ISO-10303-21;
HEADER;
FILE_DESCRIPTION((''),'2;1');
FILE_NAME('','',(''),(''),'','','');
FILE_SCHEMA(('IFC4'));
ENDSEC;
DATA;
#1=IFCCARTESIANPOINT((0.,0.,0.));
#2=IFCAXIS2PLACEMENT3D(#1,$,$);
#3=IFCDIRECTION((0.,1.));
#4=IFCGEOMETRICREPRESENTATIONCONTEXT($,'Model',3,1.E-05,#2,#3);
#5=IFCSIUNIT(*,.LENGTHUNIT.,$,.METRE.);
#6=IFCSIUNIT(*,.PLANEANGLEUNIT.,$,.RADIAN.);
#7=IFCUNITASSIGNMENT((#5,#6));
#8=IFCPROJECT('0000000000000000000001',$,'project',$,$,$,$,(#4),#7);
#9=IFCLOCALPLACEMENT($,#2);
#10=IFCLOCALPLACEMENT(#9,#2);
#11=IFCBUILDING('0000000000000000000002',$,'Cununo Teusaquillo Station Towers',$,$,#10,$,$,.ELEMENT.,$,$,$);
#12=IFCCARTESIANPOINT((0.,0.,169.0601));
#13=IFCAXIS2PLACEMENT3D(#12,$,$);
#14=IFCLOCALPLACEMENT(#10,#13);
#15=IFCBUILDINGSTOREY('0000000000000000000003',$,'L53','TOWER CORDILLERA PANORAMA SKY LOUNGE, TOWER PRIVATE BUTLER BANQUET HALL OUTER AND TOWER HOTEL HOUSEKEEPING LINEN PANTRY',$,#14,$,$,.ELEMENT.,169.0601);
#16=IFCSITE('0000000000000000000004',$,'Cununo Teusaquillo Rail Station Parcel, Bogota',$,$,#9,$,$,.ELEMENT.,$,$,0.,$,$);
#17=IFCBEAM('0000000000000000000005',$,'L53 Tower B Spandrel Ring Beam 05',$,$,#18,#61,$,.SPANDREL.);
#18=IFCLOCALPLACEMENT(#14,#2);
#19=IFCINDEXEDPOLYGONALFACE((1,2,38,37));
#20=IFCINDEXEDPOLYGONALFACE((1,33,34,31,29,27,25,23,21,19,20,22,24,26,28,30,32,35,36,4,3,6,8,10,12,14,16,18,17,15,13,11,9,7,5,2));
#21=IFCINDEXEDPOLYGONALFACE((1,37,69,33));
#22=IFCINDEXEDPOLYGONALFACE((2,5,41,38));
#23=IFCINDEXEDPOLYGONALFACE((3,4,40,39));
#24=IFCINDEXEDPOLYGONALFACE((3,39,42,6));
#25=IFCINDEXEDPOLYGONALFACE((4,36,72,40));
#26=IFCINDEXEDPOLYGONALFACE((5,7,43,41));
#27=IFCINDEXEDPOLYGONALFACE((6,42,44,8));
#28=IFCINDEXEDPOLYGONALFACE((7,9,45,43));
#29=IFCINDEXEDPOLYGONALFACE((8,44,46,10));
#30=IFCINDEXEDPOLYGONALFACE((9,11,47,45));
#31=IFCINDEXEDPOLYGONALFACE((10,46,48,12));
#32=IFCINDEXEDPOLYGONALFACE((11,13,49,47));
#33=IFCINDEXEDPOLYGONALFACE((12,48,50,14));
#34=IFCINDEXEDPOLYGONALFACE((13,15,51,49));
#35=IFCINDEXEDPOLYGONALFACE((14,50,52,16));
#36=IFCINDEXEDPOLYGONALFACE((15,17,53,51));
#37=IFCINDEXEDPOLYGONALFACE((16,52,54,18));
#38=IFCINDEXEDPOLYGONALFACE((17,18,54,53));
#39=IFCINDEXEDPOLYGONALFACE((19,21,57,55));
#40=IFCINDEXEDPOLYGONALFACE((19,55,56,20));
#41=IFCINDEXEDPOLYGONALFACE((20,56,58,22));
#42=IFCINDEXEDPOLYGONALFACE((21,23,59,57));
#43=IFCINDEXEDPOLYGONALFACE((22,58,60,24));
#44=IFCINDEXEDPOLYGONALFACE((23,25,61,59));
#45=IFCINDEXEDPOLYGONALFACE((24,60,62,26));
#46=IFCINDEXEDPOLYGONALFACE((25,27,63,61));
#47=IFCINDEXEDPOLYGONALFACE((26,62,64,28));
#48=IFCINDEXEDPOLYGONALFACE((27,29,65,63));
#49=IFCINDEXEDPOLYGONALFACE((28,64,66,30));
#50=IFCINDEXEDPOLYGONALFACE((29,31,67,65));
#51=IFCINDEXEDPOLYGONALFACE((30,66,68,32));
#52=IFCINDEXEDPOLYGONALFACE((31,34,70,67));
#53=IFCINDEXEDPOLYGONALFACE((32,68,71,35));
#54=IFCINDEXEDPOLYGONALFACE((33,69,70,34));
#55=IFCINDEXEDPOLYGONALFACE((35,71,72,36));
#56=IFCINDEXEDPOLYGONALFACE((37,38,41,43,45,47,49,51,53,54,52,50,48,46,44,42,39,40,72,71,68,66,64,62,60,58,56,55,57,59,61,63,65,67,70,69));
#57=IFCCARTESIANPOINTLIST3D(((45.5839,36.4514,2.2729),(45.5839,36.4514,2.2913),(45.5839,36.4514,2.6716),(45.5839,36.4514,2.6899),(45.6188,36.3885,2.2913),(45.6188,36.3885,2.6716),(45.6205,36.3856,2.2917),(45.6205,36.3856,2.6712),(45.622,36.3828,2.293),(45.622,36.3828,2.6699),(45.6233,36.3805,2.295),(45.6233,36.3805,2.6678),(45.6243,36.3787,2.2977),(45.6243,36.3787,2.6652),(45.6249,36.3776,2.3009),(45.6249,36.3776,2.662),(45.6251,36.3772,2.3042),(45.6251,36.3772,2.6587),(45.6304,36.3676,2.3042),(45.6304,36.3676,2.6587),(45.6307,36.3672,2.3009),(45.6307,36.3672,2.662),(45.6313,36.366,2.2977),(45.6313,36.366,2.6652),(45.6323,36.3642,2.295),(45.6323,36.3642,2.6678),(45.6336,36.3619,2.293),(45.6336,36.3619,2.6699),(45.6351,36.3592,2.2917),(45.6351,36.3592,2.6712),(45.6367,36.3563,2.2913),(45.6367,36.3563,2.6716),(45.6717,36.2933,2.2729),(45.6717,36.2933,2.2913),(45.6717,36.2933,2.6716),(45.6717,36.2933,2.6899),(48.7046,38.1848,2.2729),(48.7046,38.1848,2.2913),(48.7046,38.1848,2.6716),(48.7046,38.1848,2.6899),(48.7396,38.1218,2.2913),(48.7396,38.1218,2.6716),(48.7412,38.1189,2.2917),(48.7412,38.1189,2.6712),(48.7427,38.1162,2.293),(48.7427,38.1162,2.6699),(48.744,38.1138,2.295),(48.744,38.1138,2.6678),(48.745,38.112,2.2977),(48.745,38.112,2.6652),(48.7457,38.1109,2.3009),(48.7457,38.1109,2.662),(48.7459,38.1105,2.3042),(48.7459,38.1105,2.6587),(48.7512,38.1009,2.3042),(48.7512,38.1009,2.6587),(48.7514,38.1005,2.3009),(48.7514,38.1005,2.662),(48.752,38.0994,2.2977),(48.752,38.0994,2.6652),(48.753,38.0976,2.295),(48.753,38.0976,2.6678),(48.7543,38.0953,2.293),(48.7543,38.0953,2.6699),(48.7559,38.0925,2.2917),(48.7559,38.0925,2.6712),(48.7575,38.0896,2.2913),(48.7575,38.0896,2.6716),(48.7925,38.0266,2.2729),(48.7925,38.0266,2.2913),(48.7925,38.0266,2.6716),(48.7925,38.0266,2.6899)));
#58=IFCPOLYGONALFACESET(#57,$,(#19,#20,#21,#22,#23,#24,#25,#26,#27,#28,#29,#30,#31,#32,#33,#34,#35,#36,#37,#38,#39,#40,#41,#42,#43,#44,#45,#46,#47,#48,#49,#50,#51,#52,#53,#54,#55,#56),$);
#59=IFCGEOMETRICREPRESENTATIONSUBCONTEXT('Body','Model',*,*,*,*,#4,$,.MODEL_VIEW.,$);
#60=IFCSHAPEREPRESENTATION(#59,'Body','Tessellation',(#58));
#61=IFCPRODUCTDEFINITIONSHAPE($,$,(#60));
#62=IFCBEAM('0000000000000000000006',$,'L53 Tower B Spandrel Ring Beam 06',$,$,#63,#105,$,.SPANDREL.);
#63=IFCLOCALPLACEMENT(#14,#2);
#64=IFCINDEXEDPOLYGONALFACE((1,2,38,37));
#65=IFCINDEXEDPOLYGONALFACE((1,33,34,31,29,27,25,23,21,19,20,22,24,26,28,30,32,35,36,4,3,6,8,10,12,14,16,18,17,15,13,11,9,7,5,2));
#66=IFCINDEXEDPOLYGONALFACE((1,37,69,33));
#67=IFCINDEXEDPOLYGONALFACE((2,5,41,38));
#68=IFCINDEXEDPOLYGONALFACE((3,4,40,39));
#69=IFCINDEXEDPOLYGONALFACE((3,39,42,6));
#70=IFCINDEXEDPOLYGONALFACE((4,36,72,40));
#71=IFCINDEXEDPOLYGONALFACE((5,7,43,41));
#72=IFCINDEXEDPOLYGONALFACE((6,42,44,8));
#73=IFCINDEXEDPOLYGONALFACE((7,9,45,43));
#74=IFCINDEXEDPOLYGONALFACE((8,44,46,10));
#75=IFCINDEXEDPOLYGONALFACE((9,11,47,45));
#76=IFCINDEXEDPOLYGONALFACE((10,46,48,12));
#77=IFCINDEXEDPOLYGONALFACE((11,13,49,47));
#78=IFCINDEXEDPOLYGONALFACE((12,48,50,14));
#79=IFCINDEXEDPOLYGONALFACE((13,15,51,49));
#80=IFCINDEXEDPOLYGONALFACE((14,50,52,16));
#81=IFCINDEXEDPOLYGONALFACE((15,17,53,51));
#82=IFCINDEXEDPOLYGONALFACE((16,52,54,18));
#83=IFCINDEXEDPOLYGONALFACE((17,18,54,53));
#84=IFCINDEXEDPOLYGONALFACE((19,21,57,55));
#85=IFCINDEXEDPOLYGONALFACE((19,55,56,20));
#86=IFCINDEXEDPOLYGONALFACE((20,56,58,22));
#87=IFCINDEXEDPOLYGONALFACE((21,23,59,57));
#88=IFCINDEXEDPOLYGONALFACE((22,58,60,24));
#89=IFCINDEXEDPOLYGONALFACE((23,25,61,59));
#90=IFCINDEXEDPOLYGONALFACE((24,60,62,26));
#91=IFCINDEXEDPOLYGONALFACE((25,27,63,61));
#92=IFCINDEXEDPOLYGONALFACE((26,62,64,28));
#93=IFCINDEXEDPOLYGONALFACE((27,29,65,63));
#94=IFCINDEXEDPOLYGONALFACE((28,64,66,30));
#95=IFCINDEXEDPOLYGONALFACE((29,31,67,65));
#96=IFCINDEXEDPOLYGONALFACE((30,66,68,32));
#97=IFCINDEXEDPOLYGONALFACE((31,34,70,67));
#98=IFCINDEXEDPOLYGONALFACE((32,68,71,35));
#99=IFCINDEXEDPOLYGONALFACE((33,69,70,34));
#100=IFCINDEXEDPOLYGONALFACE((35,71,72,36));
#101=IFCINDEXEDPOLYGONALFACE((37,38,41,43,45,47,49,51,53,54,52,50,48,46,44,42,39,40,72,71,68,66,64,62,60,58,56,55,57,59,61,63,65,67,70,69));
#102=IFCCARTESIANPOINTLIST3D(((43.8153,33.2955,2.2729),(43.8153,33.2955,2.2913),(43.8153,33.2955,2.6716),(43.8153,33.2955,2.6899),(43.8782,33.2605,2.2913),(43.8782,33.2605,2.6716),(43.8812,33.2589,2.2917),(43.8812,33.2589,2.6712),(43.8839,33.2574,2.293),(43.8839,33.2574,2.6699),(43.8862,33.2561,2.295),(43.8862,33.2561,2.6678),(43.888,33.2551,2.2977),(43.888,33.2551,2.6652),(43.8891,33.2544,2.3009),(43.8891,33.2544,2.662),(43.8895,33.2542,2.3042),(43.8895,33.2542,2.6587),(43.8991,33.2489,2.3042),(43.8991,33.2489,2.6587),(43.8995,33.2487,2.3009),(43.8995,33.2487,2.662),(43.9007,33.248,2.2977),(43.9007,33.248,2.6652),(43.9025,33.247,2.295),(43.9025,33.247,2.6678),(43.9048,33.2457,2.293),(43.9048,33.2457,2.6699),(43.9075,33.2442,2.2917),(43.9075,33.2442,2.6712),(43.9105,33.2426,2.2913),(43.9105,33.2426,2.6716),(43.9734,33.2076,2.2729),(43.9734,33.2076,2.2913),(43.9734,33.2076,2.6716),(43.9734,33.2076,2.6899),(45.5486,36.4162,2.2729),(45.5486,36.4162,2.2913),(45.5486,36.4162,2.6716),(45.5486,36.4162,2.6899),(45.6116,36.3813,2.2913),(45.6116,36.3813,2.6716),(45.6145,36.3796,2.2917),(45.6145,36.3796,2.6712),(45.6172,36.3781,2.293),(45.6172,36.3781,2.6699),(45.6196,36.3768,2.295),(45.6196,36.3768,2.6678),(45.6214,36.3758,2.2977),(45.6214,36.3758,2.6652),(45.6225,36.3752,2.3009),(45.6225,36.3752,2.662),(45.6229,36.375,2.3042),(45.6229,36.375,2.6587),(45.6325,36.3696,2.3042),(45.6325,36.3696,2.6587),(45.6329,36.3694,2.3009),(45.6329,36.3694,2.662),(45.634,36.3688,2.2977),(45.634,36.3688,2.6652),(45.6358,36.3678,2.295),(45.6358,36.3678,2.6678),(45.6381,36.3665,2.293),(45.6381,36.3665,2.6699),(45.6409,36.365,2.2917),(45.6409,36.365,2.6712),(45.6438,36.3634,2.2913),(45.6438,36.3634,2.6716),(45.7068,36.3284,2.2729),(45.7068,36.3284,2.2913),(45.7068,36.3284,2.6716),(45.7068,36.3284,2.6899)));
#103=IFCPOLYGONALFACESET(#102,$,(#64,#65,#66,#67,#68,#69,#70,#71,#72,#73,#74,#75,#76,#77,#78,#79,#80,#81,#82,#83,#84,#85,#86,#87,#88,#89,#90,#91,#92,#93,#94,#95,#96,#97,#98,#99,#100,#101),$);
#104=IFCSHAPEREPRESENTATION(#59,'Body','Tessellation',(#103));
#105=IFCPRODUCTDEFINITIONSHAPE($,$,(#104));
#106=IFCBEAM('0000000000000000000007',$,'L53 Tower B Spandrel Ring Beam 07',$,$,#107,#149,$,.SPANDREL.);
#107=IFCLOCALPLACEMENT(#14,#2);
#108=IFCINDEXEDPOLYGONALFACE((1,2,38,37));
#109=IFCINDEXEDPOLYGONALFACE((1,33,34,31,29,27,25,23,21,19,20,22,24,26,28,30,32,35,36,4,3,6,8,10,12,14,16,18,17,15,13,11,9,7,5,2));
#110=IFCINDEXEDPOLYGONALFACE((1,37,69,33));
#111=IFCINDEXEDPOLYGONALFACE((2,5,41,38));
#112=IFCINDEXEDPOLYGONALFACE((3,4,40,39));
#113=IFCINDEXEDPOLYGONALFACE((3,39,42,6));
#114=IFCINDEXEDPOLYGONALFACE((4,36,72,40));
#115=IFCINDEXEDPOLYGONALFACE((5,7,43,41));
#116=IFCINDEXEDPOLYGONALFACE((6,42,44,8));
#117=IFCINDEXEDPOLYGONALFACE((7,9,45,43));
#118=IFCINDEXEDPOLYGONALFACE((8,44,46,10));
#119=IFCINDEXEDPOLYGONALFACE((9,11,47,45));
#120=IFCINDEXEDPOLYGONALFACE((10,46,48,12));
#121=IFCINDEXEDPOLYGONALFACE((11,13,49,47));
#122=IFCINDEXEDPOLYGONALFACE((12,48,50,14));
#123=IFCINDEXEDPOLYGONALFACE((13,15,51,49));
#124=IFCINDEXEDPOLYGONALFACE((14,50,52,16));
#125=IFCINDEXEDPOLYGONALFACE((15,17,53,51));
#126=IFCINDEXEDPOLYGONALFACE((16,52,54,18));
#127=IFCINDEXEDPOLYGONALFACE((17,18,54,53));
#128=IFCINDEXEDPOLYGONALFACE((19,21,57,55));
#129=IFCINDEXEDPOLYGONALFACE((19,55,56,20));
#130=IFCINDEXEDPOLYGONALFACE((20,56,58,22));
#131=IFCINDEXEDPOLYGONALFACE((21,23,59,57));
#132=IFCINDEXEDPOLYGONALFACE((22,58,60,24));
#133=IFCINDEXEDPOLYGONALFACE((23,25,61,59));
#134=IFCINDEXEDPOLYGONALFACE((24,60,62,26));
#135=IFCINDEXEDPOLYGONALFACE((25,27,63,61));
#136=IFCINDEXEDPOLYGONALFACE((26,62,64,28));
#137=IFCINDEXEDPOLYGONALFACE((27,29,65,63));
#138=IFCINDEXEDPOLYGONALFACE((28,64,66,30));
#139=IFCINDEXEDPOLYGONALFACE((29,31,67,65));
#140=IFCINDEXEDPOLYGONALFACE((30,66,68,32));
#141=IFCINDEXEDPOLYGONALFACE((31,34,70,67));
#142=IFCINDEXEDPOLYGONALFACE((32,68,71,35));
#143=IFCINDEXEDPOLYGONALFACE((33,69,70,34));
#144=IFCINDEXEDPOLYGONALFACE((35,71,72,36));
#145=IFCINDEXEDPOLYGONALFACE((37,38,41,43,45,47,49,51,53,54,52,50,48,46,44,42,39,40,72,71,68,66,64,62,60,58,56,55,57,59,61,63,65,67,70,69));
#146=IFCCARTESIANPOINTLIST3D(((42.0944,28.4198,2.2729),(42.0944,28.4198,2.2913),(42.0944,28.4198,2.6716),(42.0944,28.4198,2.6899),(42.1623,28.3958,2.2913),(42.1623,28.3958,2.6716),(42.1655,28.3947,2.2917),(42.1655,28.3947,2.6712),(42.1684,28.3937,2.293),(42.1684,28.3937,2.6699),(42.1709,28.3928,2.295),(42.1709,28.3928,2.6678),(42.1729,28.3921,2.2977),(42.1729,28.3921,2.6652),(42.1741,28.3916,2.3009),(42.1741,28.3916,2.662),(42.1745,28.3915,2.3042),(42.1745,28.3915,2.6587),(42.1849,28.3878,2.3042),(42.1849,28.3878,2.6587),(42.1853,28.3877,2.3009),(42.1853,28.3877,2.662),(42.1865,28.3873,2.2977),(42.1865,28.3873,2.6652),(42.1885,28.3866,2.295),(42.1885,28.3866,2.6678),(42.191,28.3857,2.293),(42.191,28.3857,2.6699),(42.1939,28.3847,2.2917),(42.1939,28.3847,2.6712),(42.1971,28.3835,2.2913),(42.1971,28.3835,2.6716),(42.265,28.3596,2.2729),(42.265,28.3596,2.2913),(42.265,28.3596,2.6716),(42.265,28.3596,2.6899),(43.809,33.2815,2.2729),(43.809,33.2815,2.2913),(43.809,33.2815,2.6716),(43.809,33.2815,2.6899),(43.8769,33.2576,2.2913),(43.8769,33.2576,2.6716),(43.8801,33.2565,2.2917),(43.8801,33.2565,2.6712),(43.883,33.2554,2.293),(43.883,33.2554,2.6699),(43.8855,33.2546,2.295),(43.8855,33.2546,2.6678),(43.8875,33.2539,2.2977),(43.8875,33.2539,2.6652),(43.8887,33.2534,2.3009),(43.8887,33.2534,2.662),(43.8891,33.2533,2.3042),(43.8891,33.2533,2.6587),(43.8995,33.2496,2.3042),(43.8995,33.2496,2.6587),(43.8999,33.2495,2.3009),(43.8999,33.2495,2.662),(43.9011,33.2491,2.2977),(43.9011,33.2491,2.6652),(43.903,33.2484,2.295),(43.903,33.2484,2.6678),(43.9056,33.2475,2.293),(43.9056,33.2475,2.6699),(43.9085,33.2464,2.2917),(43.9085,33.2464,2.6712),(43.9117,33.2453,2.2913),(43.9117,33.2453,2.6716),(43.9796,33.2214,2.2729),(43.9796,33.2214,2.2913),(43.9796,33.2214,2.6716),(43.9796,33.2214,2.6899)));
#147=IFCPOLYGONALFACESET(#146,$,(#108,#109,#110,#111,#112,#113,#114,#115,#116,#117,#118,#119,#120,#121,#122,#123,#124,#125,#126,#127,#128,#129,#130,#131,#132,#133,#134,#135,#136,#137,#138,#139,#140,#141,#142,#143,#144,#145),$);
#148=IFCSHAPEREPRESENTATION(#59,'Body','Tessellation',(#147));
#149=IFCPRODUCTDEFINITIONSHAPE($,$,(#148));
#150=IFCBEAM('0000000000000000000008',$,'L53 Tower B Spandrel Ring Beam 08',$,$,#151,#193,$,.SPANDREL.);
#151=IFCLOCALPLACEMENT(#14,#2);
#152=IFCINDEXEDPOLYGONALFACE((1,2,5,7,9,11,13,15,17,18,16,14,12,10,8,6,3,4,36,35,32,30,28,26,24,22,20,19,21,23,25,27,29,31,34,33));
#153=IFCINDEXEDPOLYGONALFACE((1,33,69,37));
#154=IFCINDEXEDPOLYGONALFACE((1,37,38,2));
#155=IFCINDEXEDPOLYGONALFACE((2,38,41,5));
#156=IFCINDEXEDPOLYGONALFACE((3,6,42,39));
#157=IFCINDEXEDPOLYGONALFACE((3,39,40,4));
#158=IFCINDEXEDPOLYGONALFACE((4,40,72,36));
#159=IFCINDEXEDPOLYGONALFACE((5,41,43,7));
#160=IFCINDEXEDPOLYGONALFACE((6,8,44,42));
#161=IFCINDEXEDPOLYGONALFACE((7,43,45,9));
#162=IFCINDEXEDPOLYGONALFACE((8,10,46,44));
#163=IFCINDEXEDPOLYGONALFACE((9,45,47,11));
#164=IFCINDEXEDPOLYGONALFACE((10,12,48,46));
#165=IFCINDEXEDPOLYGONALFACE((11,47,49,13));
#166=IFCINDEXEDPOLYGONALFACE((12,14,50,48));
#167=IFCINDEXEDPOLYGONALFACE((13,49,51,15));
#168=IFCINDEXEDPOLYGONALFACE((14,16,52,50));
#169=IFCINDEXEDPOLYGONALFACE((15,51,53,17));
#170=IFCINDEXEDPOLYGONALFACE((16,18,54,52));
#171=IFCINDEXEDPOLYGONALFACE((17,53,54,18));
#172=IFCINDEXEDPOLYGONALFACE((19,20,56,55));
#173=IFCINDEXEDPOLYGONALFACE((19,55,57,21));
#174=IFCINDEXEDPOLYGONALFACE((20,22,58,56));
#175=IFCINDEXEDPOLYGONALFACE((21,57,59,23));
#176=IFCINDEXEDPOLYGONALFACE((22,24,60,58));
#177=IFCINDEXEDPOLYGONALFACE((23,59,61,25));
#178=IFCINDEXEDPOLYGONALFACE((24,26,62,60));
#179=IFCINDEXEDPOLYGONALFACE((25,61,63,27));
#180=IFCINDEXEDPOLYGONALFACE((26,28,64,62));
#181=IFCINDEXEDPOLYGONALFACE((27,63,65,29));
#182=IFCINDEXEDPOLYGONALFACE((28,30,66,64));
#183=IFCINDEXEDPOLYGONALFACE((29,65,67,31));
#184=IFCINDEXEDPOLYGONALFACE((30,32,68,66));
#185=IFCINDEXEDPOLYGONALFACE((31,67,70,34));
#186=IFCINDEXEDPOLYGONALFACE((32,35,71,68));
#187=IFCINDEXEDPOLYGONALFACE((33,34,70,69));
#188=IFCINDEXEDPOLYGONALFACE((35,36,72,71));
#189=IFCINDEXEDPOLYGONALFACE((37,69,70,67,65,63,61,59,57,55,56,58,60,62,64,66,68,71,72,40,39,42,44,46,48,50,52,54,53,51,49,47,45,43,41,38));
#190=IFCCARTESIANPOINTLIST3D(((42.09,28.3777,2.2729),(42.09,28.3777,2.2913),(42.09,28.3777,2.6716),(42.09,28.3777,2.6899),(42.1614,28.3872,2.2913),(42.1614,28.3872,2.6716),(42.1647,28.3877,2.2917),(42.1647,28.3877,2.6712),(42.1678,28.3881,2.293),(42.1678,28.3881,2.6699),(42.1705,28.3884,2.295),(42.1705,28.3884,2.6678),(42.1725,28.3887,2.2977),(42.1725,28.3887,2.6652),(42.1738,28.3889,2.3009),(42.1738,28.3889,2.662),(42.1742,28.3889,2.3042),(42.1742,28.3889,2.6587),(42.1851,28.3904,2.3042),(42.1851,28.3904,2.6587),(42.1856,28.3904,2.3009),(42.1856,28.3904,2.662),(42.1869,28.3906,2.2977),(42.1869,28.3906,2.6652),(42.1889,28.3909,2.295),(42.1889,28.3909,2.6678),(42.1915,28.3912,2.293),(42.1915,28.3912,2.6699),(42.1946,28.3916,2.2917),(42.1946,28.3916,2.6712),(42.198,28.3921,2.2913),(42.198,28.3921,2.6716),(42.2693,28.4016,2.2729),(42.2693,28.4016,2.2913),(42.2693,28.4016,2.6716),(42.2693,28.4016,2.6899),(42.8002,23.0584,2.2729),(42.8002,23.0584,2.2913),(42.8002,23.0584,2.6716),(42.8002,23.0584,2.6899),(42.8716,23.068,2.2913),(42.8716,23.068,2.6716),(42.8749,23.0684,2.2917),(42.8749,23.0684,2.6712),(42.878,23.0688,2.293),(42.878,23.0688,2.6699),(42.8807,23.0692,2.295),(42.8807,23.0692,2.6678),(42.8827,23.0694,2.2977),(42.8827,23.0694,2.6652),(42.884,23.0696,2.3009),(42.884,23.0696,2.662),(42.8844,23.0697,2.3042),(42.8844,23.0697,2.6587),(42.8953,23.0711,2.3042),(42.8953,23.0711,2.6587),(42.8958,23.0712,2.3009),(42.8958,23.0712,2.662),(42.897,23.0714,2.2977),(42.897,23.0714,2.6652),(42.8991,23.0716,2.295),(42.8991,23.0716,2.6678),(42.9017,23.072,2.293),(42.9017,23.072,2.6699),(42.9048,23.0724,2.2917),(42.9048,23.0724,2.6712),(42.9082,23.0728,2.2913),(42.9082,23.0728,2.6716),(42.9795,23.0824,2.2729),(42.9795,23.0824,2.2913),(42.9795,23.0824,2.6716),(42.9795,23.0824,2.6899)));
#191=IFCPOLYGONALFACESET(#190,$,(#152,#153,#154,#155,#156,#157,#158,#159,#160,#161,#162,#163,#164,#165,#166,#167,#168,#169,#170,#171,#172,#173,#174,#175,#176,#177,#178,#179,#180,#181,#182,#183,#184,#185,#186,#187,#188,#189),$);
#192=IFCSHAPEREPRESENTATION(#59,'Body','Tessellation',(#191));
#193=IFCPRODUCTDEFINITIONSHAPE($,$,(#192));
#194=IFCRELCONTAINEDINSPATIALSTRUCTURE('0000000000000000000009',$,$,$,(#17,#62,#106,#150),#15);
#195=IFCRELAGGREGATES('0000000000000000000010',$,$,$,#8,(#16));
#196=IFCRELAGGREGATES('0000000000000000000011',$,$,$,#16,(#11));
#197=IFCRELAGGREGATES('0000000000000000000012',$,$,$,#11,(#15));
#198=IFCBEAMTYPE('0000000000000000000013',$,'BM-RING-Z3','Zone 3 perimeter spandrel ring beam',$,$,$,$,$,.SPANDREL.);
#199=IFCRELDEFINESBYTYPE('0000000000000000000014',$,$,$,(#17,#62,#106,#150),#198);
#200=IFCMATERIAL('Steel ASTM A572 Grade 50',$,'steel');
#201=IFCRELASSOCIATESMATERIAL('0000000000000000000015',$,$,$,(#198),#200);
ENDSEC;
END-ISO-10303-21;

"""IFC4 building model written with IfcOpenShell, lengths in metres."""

from ifc_helpers import new_model, si_unit, direction, frame, origin, origin_2d, place, context, subcontext, project, spatial, i_section, extrude, material, material_profile, profile_set, type_object, element, save


model = new_model("IFC4")

# Units and contexts
model_context = context("Model", 3, precision=1e-05, world=origin(), true_north=direction((0.0, 1.0)))
body_context = subcontext(model_context, "Body", "Model", "MODEL_VIEW")
ifc_project = project(units=[si_unit("LENGTHUNIT", "METRE"), si_unit("PLANEANGLEUNIT", "RADIAN")], contexts=[model_context])

# Site, building, storey
site_placement = place(None, origin())
site = spatial("IfcSite", under=ifc_project, at=site_placement, Name="Cununo Teusaquillo Rail Station Parcel, Bogota", CompositionType="ELEMENT", RefElevation=0.0)
building_placement = place(site_placement, origin())
building = spatial("IfcBuilding", under=site, at=building_placement, Name="Cununo Teusaquillo Station Towers", CompositionType="ELEMENT")
storey_placement = place(building_placement, frame((0.0, 0.0, 169.0601)))
storey = spatial("IfcBuildingStorey", under=building, at=storey_placement, Name="L53", Description="TOWER CORDILLERA PANORAMA SKY LOUNGE, TOWER PRIVATE BUTLER BANQUET HALL OUTER AND TOWER HOTEL HOUSEKEEPING LINEN PANTRY", CompositionType="ELEMENT", Elevation=169.0601)

# Beams
ifc_material_1 = material(Name="Steel ASTM A572 Grade 50", Category="steel")
ifc_material_profile_1 = material_profile(ifc_material_1, i_section(OverallWidth=0.1809, OverallDepth=0.417, WebThickness=0.011, FlangeThickness=0.0183, FilletRadius=0.0129, at=origin_2d()), Name="W16X57")
ifc_profile_set_1 = profile_set([ifc_material_profile_1], Name="Steel ASTM A572 Grade 50")
beam_type_1 = type_object("IfcBeamType", Name="BM-RING-Z3", Description="Zone 3 perimeter spandrel ring beam", PredefinedType="SPANDREL", material=ifc_profile_set_1)
for number, where, z_axis, x_axis, name in (
    (1, (48.7485, 38.1057, 2.4814), (-0.874206, -0.485556, 0.0), (0.485556, -0.874206, 0.0), "L53 Tower B Spandrel Ring Beam 05"),
    (2, (45.6277, 36.3723, 2.4814), (-0.485556, -0.874206, 0.0), (0.874206, -0.485556, 0.0), "L53 Tower B Spandrel Ring Beam 06"),
):
    element("IfcBeam", number, at=place(storey_placement, frame(where, z_axis=z_axis, x_axis=x_axis)), inside=storey, type_object=beam_type_1, Name=name, PredefinedType="SPANDREL", context=body_context, shape_type="SweptSolid", body=[
        extrude(i_section(OverallWidth=0.1809, OverallDepth=0.417, WebThickness=0.011, FlangeThickness=0.0183, FilletRadius=0.0129, at=origin_2d()), origin(), (0.0, 0.0, 1.0), 3.5698),
    ])
beam_1_placement = place(storey_placement, frame((43.8943, 33.2515, 2.4814), z_axis=(-0.33259, -0.943072, 0.0), x_axis=(0.943072, -0.33259, 0.0)))
element("IfcBeam", 3, at=beam_1_placement, inside=storey, type_object=beam_type_1, Name="L53 Tower B Spandrel Ring Beam 07", PredefinedType="SPANDREL", context=body_context, shape_type="SweptSolid", body=[
    extrude(i_section(OverallWidth=0.1809, OverallDepth=0.417, WebThickness=0.011, FlangeThickness=0.0183, FilletRadius=0.0129, at=origin_2d()), origin(), (0.0, 0.0, 1.0), 5.1553),
])
beam_2_placement = place(storey_placement, frame((42.1797, 28.3896, 2.4814), z_axis=(0.13234, -0.991204, 0.0), x_axis=(0.991204, 0.13234, 0.0)))
element("IfcBeam", 4, at=beam_2_placement, inside=storey, type_object=beam_type_1, Name="L53 Tower B Spandrel Ring Beam 08", PredefinedType="SPANDREL", context=body_context, shape_type="SweptSolid", body=[
    extrude(i_section(OverallWidth=0.1809, OverallDepth=0.417, WebThickness=0.011, FlangeThickness=0.0183, FilletRadius=0.0129, at=origin_2d()), origin(), (0.0, 0.0, 1.0), 5.3665),
])

save(model, "model.ifc")
